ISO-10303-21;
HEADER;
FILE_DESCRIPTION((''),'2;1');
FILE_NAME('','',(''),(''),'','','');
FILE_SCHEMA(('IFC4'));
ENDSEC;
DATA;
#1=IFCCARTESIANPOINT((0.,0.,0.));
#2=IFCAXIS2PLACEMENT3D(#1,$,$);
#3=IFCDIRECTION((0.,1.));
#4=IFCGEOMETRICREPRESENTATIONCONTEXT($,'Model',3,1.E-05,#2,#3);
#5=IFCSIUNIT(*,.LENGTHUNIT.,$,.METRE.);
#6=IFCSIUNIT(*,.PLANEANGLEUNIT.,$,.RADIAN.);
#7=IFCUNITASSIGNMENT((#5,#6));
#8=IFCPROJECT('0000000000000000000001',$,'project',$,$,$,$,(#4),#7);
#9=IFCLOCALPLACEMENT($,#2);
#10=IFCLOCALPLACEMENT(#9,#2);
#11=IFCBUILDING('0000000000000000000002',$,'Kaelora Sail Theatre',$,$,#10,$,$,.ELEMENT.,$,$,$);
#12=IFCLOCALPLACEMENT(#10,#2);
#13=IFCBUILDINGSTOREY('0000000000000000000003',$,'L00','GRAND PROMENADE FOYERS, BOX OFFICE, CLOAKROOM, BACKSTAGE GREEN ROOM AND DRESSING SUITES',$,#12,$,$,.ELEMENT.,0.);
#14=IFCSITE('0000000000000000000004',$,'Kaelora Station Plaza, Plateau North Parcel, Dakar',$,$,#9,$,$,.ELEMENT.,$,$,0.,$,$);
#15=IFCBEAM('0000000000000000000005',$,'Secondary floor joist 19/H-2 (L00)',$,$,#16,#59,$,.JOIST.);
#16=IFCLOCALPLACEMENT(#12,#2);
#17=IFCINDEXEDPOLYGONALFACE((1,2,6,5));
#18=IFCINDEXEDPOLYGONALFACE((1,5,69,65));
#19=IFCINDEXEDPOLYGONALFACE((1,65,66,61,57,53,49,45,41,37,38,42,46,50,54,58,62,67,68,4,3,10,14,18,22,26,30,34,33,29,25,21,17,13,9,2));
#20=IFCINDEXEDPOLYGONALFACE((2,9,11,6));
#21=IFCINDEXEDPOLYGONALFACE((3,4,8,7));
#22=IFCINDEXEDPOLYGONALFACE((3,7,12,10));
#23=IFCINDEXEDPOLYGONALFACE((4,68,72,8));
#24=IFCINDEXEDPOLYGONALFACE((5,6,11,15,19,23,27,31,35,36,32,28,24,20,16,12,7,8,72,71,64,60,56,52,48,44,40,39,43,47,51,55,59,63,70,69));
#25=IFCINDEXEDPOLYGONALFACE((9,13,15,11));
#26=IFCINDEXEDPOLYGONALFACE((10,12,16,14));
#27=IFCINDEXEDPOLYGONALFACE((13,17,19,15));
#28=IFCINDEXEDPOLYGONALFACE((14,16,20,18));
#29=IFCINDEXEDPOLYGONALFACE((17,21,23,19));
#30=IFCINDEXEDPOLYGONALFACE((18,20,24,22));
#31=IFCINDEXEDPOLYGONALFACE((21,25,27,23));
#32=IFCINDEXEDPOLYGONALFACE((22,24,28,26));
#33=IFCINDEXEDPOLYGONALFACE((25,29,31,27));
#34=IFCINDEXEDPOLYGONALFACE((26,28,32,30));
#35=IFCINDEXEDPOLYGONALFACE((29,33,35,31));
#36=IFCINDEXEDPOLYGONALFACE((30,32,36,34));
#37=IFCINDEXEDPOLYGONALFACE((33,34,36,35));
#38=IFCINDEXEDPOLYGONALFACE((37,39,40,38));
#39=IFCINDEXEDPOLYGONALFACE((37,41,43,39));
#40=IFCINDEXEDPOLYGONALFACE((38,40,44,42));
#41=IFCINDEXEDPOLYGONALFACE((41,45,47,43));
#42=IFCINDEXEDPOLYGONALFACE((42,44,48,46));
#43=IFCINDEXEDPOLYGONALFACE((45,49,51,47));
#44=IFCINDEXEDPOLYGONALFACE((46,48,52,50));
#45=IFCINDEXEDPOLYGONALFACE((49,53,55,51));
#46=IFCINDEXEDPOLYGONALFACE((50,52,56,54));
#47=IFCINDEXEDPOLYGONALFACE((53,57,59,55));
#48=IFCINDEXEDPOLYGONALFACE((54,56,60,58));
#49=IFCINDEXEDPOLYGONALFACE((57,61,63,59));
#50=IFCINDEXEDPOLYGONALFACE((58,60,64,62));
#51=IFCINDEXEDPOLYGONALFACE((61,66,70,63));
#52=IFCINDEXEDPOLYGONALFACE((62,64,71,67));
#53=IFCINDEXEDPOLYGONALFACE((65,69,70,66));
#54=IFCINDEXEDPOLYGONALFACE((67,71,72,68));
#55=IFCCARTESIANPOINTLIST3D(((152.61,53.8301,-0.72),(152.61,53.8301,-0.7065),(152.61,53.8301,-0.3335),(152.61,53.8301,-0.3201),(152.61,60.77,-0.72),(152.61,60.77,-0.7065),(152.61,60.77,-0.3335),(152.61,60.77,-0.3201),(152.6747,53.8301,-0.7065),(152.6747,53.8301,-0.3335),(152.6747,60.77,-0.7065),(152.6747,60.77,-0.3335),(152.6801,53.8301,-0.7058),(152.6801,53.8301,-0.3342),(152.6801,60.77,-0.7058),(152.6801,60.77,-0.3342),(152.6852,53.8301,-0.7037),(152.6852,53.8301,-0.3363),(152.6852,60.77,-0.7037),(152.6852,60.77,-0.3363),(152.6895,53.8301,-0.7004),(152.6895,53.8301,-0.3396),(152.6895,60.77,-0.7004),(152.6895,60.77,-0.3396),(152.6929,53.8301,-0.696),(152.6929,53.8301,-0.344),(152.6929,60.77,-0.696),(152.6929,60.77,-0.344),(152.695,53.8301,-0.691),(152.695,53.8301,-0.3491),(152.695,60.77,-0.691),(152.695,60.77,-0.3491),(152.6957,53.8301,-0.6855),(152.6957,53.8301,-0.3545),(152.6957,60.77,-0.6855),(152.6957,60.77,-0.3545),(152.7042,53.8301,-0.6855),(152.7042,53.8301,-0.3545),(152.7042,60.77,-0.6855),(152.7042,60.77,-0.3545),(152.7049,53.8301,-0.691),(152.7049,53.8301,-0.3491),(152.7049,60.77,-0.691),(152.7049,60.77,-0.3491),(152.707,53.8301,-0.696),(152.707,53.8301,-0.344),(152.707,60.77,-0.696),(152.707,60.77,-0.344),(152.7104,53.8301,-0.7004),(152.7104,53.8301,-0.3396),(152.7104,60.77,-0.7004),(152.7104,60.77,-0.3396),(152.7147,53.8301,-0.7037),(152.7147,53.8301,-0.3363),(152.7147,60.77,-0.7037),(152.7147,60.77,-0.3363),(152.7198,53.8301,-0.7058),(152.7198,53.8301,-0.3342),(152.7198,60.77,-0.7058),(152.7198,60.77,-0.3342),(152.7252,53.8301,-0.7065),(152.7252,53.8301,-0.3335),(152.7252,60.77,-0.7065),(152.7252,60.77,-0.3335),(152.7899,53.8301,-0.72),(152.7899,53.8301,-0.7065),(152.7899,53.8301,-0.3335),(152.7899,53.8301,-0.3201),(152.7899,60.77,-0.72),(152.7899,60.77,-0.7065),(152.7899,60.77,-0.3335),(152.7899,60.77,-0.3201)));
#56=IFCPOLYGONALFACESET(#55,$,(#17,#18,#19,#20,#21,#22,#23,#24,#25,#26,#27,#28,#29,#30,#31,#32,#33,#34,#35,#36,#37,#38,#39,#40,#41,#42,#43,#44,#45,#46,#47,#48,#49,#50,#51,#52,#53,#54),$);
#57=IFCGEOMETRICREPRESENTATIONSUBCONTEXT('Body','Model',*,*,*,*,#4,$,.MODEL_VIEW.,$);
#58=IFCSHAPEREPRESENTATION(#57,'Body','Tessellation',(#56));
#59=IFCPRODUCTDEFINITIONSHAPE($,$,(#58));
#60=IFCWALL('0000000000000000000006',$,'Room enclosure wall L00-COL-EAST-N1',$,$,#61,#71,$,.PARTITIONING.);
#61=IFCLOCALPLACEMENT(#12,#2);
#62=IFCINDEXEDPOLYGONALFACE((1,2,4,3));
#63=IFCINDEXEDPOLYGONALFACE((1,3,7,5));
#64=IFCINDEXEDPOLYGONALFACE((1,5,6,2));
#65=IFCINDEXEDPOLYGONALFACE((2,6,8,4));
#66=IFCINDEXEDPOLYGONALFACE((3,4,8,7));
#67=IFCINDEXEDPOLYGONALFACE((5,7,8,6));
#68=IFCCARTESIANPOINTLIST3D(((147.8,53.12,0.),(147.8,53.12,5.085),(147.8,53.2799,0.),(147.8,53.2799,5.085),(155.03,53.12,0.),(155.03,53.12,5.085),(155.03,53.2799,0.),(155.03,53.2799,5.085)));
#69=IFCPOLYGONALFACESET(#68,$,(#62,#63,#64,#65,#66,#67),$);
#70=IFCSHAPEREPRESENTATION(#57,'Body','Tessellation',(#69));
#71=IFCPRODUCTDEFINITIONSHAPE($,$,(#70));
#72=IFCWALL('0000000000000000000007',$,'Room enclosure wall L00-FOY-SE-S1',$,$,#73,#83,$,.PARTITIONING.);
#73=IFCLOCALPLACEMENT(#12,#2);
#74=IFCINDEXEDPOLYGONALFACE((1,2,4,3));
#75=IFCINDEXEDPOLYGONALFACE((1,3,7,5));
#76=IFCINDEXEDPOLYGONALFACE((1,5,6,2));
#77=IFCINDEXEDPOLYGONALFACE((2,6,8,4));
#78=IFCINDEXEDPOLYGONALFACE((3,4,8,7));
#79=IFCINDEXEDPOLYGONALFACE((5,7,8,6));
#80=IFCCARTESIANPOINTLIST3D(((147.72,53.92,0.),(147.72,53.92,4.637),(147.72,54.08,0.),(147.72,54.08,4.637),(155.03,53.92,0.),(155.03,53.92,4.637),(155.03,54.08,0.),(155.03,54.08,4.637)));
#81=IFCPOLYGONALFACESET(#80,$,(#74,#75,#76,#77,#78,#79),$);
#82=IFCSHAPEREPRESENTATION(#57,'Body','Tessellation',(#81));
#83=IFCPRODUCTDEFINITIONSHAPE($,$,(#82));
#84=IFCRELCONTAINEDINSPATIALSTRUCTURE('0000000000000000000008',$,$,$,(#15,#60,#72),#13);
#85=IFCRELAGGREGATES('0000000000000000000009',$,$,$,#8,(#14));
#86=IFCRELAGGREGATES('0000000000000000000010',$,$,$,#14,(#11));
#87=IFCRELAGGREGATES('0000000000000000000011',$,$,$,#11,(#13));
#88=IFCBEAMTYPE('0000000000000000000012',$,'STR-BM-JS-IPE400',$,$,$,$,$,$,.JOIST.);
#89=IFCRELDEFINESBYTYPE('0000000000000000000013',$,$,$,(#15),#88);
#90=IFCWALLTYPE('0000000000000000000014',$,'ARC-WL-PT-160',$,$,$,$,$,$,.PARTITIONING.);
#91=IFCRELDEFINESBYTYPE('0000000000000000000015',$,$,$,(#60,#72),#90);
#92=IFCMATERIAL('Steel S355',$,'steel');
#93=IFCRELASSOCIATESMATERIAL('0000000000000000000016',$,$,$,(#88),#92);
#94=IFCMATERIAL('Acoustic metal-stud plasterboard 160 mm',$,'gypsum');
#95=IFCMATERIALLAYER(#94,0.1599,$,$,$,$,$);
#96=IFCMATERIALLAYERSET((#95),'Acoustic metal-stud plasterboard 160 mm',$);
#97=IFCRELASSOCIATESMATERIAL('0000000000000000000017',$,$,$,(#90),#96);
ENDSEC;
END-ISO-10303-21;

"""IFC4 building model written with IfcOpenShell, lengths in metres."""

from ifc_helpers import new_model, si_unit, direction, frame, frame_2d, origin, origin_2d, place, context, subcontext, project, spatial, rectangle, i_section, extrude, material, layer, layer_set, material_profile, profile_set, type_object, element, save


model = new_model("IFC4")

# Units and contexts
model_context = context("Model", 3, precision=1e-05, world=origin(), true_north=direction((0.0, 1.0)))
body_context = subcontext(model_context, "Body", "Model", "MODEL_VIEW")
ifc_project = project(units=[si_unit("LENGTHUNIT", "METRE"), si_unit("PLANEANGLEUNIT", "RADIAN")], contexts=[model_context])

# Site, building, storey
site_placement = place(None, origin())
site = spatial("IfcSite", under=ifc_project, at=site_placement, Name="Kaelora Station Plaza, Plateau North Parcel, Dakar", CompositionType="ELEMENT", RefElevation=0.0)
building_placement = place(site_placement, origin())
building = spatial("IfcBuilding", under=site, at=building_placement, Name="Kaelora Sail Theatre", CompositionType="ELEMENT")
storey_placement = place(building_placement, origin())
storey = spatial("IfcBuildingStorey", under=building, at=storey_placement, Name="L00", Description="GRAND PROMENADE FOYERS, BOX OFFICE, CLOAKROOM, BACKSTAGE GREEN ROOM AND DRESSING SUITES", CompositionType="ELEMENT", Elevation=0.0)

# Beam
ifc_material_1 = material(Name="Steel S355", Category="steel")
ifc_material_profile_1 = material_profile(ifc_material_1, i_section(OverallWidth=0.1799, OverallDepth=0.3999, WebThickness=0.0085, FlangeThickness=0.0134, FilletRadius=0.021, at=origin_2d()), Name="IPE 400")
ifc_profile_set_1 = profile_set([ifc_material_profile_1], Name="Steel S355")
beam_type_1 = type_object("IfcBeamType", Name="STR-BM-JS-IPE400", PredefinedType="JOIST", material=ifc_profile_set_1)
beam_1_placement = place(storey_placement, frame((152.7, 53.8301, -0.52), z_axis=(0.0, 1.0, 0.0), x_axis=(-1.0, 0.0, 0.0)))
element("IfcBeam", 1, at=beam_1_placement, inside=storey, type_object=beam_type_1, Name="Secondary floor joist 19/H-2 (L00)", PredefinedType="JOIST", context=body_context, shape_type="SweptSolid", body=[
    extrude(i_section(OverallWidth=0.1799, OverallDepth=0.3999, WebThickness=0.0085, FlangeThickness=0.0134, FilletRadius=0.021, at=origin_2d()), origin(), (0.0, 0.0, 1.0), 6.9399),
])

# Walls
ifc_material_2 = material(Name="Acoustic metal-stud plasterboard 160 mm", Category="gypsum")
ifc_layer = layer(ifc_material_2, 0.1599)
ifc_layer_set = layer_set([ifc_layer], Name="Acoustic metal-stud plasterboard 160 mm")
wall_type = type_object("IfcWallType", Name="ARC-WL-PT-160", PredefinedType="PARTITIONING", material=ifc_layer_set)
wall_1_placement = place(storey_placement, frame((147.8, 53.2, 0.0), z_axis=(0.0, 0.0, 1.0), x_axis=(1.0, 0.0, 0.0)))
element("IfcWall", 2, at=wall_1_placement, inside=storey, type_object=wall_type, Name="Room enclosure wall L00-COL-EAST-N1", PredefinedType="PARTITIONING", context=body_context, shape_type="SweptSolid", body=[
    extrude(rectangle(XDim=7.23, YDim=0.1599, at=frame_2d((3.615, 0.0))), origin(), (0.0, 0.0, 1.0), 5.085),
])
wall_2_placement = place(storey_placement, frame((147.72, 54.0, 0.0), z_axis=(0.0, 0.0, 1.0), x_axis=(1.0, 0.0, 0.0)))
element("IfcWall", 3, at=wall_2_placement, inside=storey, type_object=wall_type, Name="Room enclosure wall L00-FOY-SE-S1", PredefinedType="PARTITIONING", context=body_context, shape_type="SweptSolid", body=[
    extrude(rectangle(XDim=7.3101, YDim=0.1599, at=frame_2d((3.655, 0.0))), origin(), (0.0, 0.0, 1.0), 4.637),
])

save(model, "model.ifc")
